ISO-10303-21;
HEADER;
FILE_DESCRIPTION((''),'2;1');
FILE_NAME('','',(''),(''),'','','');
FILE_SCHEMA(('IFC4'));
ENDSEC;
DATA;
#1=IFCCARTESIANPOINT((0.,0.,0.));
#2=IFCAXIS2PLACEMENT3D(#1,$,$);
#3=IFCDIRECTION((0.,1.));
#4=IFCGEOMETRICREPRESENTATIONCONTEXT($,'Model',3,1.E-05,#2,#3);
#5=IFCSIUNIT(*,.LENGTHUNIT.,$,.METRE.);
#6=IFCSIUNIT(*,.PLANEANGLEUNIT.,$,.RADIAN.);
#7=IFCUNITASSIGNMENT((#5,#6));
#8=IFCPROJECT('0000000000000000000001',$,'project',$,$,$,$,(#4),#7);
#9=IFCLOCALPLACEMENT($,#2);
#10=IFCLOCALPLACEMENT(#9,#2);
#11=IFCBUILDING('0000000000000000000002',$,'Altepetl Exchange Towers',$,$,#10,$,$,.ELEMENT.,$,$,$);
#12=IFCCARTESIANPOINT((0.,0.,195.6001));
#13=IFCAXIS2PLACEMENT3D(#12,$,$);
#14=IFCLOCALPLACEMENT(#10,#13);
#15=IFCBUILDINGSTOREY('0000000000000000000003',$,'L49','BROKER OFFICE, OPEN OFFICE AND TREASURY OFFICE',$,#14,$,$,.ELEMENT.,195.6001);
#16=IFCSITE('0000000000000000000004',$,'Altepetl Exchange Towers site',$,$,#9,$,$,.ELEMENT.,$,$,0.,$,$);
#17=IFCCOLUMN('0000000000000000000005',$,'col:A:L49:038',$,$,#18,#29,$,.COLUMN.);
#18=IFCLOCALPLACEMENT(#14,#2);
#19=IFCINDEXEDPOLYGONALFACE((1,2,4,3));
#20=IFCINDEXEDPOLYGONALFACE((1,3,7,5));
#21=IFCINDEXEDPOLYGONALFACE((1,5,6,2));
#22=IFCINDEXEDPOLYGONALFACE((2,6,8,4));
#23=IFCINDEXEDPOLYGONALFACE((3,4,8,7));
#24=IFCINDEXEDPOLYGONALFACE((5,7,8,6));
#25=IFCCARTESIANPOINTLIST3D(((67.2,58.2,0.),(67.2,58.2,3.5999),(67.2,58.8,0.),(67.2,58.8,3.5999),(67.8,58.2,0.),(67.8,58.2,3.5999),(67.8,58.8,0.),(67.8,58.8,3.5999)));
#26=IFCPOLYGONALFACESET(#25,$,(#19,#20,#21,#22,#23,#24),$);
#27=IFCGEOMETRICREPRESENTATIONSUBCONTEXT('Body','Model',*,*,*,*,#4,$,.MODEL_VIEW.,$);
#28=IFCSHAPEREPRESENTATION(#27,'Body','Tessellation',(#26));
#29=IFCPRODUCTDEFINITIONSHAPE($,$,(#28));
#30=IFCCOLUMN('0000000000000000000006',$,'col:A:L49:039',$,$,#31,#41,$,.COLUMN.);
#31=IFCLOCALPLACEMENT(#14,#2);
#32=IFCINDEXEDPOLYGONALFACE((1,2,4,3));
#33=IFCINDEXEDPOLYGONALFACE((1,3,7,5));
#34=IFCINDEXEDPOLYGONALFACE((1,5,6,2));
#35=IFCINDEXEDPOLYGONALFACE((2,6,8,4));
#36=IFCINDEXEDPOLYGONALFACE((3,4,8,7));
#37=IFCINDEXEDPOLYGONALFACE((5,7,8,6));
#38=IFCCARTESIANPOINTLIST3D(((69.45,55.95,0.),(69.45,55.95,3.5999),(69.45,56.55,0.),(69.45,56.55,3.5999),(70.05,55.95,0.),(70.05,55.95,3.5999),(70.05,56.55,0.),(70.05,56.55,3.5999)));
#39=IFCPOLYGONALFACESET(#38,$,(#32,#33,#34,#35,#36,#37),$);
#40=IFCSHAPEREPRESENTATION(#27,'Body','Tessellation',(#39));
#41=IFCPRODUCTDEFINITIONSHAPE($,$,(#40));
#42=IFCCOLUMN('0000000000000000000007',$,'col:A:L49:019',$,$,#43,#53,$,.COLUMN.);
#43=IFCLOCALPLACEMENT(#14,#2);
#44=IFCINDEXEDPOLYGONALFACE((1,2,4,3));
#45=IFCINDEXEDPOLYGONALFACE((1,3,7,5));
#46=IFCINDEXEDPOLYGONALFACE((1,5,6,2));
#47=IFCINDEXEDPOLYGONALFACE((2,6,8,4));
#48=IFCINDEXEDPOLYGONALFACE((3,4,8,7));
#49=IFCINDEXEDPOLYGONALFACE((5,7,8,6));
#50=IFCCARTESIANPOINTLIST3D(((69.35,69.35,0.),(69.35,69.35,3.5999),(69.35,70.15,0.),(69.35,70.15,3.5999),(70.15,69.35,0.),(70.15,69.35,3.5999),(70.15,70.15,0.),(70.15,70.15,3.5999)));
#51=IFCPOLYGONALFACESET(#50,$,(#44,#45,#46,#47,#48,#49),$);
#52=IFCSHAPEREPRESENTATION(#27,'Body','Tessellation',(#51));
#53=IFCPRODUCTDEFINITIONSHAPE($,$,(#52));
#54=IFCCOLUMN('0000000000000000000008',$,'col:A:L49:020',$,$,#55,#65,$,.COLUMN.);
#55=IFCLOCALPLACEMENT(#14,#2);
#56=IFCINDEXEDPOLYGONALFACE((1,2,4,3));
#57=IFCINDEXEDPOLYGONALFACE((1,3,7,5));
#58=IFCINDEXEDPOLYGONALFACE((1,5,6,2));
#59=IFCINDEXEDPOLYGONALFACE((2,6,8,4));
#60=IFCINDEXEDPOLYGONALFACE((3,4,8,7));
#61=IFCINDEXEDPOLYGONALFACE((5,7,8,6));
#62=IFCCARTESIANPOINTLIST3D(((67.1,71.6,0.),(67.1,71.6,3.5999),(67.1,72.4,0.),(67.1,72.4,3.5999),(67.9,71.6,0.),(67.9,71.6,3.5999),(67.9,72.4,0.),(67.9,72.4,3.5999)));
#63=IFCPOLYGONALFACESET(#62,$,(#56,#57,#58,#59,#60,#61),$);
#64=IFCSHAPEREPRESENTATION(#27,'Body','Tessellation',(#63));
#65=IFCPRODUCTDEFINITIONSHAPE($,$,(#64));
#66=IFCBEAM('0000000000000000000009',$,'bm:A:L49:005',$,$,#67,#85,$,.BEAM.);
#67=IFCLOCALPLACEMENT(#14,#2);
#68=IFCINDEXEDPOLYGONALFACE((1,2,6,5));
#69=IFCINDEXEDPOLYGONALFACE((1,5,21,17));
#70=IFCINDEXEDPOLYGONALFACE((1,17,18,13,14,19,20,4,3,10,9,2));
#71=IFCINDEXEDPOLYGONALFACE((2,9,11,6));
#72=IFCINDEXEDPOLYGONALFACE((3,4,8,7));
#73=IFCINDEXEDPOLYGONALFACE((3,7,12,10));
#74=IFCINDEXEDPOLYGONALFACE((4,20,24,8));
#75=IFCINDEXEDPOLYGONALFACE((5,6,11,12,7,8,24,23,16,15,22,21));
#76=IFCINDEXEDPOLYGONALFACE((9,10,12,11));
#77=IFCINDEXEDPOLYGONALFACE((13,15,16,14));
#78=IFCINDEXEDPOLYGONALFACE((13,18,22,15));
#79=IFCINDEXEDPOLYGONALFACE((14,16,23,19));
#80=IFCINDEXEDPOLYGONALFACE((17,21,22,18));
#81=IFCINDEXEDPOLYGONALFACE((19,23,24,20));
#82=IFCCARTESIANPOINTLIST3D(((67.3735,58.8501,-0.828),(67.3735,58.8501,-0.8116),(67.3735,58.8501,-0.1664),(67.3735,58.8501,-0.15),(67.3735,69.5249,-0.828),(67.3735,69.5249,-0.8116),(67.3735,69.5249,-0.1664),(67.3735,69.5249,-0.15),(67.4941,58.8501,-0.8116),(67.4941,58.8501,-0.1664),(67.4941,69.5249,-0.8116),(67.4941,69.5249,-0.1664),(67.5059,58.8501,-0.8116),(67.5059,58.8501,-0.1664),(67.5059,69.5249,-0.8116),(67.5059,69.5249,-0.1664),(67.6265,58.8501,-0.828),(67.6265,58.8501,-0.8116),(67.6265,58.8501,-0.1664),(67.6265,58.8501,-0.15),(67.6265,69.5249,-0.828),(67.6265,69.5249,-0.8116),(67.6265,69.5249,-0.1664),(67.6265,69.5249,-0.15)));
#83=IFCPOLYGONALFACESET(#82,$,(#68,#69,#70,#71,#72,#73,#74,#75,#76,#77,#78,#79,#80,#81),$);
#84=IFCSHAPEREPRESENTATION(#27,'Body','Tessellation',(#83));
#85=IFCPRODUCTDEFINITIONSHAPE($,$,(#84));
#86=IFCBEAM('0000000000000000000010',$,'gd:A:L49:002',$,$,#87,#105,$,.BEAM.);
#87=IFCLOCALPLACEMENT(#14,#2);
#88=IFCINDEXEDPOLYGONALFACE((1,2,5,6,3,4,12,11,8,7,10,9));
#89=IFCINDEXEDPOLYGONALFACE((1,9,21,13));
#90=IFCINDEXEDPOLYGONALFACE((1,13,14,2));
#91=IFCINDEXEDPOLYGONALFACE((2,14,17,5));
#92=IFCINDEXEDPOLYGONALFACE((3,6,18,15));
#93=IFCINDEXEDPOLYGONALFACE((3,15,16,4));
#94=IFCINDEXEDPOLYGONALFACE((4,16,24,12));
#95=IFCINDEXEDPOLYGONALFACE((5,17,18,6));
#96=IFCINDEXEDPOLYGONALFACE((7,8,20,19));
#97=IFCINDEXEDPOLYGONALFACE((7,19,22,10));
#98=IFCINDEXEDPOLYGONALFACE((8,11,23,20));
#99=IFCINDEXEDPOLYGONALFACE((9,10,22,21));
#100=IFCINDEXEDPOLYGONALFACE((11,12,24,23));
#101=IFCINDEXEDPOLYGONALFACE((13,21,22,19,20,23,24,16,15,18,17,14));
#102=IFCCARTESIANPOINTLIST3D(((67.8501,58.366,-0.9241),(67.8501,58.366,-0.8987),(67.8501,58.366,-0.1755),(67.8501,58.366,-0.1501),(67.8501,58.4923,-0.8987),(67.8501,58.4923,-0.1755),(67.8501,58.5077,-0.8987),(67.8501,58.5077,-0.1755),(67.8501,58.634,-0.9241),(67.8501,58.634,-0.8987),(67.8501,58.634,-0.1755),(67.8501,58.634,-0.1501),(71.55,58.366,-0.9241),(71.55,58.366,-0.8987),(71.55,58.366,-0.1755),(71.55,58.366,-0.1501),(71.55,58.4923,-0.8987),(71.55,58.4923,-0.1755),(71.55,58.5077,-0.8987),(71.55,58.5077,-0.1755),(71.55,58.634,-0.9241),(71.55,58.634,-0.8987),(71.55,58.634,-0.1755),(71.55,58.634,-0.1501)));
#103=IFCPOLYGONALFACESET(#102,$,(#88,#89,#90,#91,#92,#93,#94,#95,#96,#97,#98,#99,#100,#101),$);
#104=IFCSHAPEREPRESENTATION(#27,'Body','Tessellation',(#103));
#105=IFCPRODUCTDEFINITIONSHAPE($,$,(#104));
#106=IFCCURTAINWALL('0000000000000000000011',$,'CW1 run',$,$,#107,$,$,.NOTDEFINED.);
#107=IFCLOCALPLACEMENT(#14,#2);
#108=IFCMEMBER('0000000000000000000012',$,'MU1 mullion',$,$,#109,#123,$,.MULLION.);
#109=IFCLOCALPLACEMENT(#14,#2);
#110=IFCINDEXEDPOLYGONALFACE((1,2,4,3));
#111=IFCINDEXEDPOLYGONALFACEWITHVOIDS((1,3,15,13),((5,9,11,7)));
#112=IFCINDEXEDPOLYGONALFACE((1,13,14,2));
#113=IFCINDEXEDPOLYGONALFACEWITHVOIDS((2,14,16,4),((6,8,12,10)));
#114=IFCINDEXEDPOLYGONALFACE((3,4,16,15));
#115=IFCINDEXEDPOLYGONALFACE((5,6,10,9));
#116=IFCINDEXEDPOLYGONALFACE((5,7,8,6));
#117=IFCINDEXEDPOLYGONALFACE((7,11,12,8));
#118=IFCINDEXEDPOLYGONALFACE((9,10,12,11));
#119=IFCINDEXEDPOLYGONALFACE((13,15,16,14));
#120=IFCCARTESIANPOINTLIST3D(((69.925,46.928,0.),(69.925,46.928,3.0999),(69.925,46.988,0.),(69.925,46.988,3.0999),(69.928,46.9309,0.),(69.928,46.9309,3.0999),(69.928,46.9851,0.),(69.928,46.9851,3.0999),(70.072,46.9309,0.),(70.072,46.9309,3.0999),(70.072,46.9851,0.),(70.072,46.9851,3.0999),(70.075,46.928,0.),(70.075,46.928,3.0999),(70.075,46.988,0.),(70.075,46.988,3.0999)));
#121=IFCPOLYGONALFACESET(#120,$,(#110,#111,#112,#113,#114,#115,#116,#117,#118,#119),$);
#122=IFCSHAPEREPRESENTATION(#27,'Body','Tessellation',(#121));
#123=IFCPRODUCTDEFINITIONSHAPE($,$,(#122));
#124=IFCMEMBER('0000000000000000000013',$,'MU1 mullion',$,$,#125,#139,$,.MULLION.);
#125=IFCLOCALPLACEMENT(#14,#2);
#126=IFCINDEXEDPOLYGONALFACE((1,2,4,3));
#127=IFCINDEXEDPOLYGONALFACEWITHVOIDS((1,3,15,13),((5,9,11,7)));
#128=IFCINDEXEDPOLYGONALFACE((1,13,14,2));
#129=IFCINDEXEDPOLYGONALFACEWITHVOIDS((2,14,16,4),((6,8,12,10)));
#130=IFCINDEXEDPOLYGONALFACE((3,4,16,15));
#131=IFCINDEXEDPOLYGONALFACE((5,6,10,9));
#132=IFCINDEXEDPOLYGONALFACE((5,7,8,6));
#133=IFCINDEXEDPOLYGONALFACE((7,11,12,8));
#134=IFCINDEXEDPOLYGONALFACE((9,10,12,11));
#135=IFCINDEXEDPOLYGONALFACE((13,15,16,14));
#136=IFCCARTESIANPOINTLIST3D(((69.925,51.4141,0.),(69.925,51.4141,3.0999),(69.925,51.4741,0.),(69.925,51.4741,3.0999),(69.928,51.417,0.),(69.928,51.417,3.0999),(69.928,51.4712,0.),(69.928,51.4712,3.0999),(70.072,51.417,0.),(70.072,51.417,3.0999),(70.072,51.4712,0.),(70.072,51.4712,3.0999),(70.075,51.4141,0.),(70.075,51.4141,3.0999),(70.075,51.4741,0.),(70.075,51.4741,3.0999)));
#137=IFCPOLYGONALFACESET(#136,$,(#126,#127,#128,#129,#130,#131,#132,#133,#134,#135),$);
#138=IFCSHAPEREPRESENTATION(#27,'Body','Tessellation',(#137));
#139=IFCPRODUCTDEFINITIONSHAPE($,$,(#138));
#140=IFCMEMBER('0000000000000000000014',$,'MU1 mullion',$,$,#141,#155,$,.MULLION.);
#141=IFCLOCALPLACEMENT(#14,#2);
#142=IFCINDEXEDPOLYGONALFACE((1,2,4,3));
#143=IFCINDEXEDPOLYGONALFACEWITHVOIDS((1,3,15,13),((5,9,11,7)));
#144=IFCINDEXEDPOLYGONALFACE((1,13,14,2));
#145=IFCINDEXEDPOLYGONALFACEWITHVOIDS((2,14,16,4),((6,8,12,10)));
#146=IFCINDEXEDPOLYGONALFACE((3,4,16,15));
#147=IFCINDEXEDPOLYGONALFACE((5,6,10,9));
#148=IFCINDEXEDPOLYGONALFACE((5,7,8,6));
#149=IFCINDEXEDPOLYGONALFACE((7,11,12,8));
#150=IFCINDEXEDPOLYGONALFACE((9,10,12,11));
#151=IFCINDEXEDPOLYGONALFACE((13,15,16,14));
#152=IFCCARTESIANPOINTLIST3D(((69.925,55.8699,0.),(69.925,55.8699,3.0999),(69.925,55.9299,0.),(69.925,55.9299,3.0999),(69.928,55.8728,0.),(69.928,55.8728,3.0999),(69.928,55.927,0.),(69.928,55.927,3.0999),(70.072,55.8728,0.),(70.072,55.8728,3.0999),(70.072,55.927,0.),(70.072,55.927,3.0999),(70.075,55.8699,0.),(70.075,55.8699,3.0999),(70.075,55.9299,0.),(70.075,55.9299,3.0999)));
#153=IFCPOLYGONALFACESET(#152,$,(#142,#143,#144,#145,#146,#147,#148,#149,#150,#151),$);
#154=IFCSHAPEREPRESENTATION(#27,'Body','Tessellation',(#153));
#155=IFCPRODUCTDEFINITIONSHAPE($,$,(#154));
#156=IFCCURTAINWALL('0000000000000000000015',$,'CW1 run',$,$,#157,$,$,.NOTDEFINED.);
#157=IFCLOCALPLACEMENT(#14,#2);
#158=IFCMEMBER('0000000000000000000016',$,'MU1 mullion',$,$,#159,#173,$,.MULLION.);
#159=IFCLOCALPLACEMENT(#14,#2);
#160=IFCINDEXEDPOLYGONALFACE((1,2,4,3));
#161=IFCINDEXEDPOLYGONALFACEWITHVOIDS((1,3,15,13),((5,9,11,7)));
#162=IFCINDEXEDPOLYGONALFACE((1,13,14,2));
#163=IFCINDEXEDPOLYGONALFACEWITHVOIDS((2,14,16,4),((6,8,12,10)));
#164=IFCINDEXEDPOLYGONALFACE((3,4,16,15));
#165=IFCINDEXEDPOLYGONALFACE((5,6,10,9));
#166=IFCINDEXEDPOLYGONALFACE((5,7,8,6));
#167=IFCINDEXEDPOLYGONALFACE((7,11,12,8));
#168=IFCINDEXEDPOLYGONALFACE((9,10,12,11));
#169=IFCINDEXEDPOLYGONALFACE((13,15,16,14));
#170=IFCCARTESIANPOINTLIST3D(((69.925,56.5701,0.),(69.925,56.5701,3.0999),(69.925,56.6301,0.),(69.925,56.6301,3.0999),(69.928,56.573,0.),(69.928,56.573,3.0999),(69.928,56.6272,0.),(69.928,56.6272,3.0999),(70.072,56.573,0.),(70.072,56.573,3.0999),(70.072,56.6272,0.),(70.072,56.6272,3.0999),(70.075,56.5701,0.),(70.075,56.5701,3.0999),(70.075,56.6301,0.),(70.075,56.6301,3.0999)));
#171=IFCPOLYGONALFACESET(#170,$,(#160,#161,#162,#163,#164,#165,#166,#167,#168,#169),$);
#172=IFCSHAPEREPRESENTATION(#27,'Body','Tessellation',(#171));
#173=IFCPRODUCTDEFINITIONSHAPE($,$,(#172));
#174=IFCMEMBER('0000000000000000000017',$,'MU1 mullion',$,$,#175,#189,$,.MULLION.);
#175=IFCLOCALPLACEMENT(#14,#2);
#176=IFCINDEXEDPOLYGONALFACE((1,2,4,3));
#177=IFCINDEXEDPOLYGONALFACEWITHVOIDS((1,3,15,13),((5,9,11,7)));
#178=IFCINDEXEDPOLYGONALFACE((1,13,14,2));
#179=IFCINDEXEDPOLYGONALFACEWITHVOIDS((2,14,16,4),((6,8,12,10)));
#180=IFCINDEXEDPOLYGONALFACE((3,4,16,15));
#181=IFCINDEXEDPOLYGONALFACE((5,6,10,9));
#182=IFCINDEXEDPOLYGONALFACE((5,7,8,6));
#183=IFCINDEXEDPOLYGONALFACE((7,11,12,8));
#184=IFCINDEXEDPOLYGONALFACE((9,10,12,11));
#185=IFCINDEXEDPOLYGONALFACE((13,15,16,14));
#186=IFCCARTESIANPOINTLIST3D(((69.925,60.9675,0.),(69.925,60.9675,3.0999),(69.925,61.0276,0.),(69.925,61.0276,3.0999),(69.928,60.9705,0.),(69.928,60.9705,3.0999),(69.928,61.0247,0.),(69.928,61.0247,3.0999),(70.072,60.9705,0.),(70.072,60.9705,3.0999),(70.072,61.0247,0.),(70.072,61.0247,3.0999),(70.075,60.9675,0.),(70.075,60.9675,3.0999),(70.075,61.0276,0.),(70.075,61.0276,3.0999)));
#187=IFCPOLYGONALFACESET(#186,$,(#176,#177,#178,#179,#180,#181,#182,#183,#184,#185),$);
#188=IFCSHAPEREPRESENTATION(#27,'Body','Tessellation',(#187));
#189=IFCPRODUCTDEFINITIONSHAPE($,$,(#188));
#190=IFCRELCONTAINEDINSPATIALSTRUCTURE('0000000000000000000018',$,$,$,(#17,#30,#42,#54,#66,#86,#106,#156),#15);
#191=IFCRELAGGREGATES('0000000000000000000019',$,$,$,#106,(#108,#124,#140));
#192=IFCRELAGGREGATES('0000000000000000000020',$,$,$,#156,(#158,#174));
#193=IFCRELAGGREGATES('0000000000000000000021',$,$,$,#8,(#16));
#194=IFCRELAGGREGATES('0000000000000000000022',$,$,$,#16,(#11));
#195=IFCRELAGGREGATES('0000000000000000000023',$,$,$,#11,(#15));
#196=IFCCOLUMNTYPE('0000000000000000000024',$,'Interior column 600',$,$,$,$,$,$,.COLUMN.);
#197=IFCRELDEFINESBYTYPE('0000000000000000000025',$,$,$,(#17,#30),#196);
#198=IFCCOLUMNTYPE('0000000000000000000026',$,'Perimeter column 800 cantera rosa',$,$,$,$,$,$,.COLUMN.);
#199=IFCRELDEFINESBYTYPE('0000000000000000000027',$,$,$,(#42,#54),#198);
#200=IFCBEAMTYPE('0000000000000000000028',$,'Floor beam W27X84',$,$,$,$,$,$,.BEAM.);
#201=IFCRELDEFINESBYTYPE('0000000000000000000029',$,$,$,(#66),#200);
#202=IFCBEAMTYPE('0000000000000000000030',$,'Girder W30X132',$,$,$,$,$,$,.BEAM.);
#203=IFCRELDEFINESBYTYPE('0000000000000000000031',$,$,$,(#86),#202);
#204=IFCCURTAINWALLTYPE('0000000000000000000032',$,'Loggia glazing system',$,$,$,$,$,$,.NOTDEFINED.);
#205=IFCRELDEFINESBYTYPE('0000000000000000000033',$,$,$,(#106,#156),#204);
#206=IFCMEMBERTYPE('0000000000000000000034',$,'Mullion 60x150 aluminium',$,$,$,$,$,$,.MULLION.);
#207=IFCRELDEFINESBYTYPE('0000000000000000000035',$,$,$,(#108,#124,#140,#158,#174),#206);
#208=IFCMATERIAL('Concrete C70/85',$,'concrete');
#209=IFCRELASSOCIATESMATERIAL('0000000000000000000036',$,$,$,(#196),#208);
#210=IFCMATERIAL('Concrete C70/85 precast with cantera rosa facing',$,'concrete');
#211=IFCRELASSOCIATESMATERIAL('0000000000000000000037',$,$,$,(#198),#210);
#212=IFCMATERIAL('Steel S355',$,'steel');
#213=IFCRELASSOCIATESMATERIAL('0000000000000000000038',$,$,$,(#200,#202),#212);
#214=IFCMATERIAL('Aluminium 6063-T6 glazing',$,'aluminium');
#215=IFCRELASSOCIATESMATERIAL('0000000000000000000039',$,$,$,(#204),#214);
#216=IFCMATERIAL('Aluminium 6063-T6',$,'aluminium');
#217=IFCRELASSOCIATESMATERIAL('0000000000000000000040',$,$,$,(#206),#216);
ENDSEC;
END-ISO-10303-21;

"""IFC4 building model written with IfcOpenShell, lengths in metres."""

from ifc_helpers import new_model, si_unit, direction, frame, origin, origin_2d, place, context, subcontext, project, spatial, rectangle, hollow_rectangle, i_section, extrude, material, material_profile, profile_set, type_object, element, aggregate, save


model = new_model("IFC4")

# Units and contexts
model_context = context("Model", 3, precision=1e-05, world=origin(), true_north=direction((0.0, 1.0)))
body_context = subcontext(model_context, "Body", "Model", "MODEL_VIEW")
ifc_project = project(units=[si_unit("LENGTHUNIT", "METRE"), si_unit("PLANEANGLEUNIT", "RADIAN")], contexts=[model_context])

# Site, building, storey
site_placement = place(None, origin())
site = spatial("IfcSite", under=ifc_project, at=site_placement, Name="Altepetl Exchange Towers site", CompositionType="ELEMENT", RefElevation=0.0)
building_placement = place(site_placement, origin())
building = spatial("IfcBuilding", under=site, at=building_placement, Name="Altepetl Exchange Towers", CompositionType="ELEMENT")
storey_placement = place(building_placement, frame((0.0, 0.0, 195.6001)))
storey = spatial("IfcBuildingStorey", under=building, at=storey_placement, Name="L49", Description="BROKER OFFICE, OPEN OFFICE AND TREASURY OFFICE", CompositionType="ELEMENT", Elevation=195.6001)

# Columns
ifc_material_1 = material(Name="Concrete C70/85", Category="concrete")
ifc_material_profile_1 = material_profile(ifc_material_1, rectangle(XDim=0.6001, YDim=0.6001, at=origin_2d()), Name="600 x 600")
ifc_profile_set_1 = profile_set([ifc_material_profile_1], Name="Concrete C70/85")
column_type_1 = type_object("IfcColumnType", Name="Interior column 600", PredefinedType="COLUMN", material=ifc_profile_set_1)
for number, where, name in (
    (1, (67.5, 58.5, 0.0), "col:A:L49:038"),
    (2, (69.75, 56.25, 0.0), "col:A:L49:039"),
):
    element("IfcColumn", number, at=place(storey_placement, frame(where)), inside=storey, type_object=column_type_1, Name=name, PredefinedType="COLUMN", context=body_context, shape_type="SweptSolid", body=[
        extrude(rectangle(XDim=0.6001, YDim=0.6001, at=origin_2d()), origin(), (0.0, 0.0, 1.0), 3.5999),
    ])
ifc_material_2 = material(Name="Concrete C70/85 precast with cantera rosa facing", Category="concrete")
ifc_material_profile_2 = material_profile(ifc_material_2, rectangle(XDim=0.8, YDim=0.8, at=origin_2d()), Name="800 x 800")
ifc_profile_set_2 = profile_set([ifc_material_profile_2], Name="Concrete C70/85 precast with cantera rosa facing")
column_type_2 = type_object("IfcColumnType", Name="Perimeter column 800 cantera rosa", PredefinedType="COLUMN", material=ifc_profile_set_2)
for number, where, name in (
    (3, (69.75, 69.75, 0.0), "col:A:L49:019"),
    (4, (67.5, 72.0, 0.0), "col:A:L49:020"),
):
    element("IfcColumn", number, at=place(storey_placement, frame(where)), inside=storey, type_object=column_type_2, Name=name, PredefinedType="COLUMN", context=body_context, shape_type="SweptSolid", body=[
        extrude(rectangle(XDim=0.8, YDim=0.8, at=origin_2d()), origin(), (0.0, 0.0, 1.0), 3.5999),
    ])

# Beams
ifc_material_3 = material(Name="Steel S355", Category="steel")
ifc_material_profile_3 = material_profile(ifc_material_3, i_section(OverallWidth=0.2529, OverallDepth=0.678, WebThickness=0.0117, FlangeThickness=0.0164, at=origin_2d()), Name="W27X84")
ifc_profile_set_3 = profile_set([ifc_material_profile_3], Name="Steel S355")
beam_type_1 = type_object("IfcBeamType", Name="Floor beam W27X84", PredefinedType="BEAM", material=ifc_profile_set_3)
beam_1_placement = place(storey_placement, frame((67.5, 58.8501, -0.489), z_axis=(0.0, 1.0, 0.0), x_axis=(-1.0, 0.0, 0.0)))
element("IfcBeam", 5, at=beam_1_placement, inside=storey, type_object=beam_type_1, Name="bm:A:L49:005", PredefinedType="BEAM", context=body_context, shape_type="SweptSolid", body=[
    extrude(i_section(OverallWidth=0.2529, OverallDepth=0.678, WebThickness=0.0117, FlangeThickness=0.0164, at=origin_2d()), origin(), (0.0, 0.0, 1.0), 10.6748),
])
ifc_material_profile_4 = material_profile(ifc_material_3, i_section(OverallWidth=0.2681, OverallDepth=0.7739, WebThickness=0.0154, FlangeThickness=0.0254, at=origin_2d()), Name="W30X132")
ifc_profile_set_4 = profile_set([ifc_material_profile_4], Name="Steel S355")
beam_type_2 = type_object("IfcBeamType", Name="Girder W30X132", PredefinedType="BEAM", material=ifc_profile_set_4)
beam_2_placement = place(storey_placement, frame((67.8501, 58.5, -0.5371), z_axis=(1.0, 0.0, 0.0), x_axis=(0.0, 1.0, 0.0)))
element("IfcBeam", 6, at=beam_2_placement, inside=storey, type_object=beam_type_2, Name="gd:A:L49:002", PredefinedType="BEAM", context=body_context, shape_type="SweptSolid", body=[
    extrude(i_section(OverallWidth=0.2681, OverallDepth=0.7739, WebThickness=0.0154, FlangeThickness=0.0254, at=origin_2d()), origin(), (0.0, 0.0, 1.0), 3.7),
])

# Curtain walls, members
ifc_material_4 = material(Name="Aluminium 6063-T6 glazing", Category="aluminium")
curtain_wall_type = type_object("IfcCurtainWallType", Name="Loggia glazing system", PredefinedType="NOTDEFINED", material=ifc_material_4)
curtain_wall_1_placement = place(storey_placement, origin())
curtain_wall_1 = element("IfcCurtainWall", 7, at=curtain_wall_1_placement, inside=storey, type_object=curtain_wall_type, Name="CW1 run", PredefinedType="NOTDEFINED")
ifc_material_5 = material(Name="Aluminium 6063-T6", Category="aluminium")
ifc_material_profile_5 = material_profile(ifc_material_5, hollow_rectangle(XDim=0.0601, YDim=0.1499, WallThickness=0.0029, at=origin_2d()), Name="Mullion 60x150 aluminium")
ifc_profile_set_5 = profile_set([ifc_material_profile_5], Name="Aluminium 6063-T6")
member_type = type_object("IfcMemberType", Name="Mullion 60x150 aluminium", PredefinedType="MULLION", material=ifc_profile_set_5)
member_1_placement = place(storey_placement, frame((70.0, 46.958, 0.0), z_axis=(0.0, 0.0, 1.0), x_axis=(0.0, 1.0, 0.0)))
member_1 = element("IfcMember", 8, at=member_1_placement, type_object=member_type, Name="MU1 mullion", PredefinedType="MULLION", context=body_context, shape_type="SweptSolid", body=[
    extrude(hollow_rectangle(XDim=0.0601, YDim=0.1499, WallThickness=0.0029, at=origin_2d()), origin(), (0.0, 0.0, 1.0), 3.0999),
])
member_2_placement = place(storey_placement, frame((70.0, 51.4441, 0.0), z_axis=(0.0, 0.0, 1.0), x_axis=(0.0, 1.0, 0.0)))
member_2 = element("IfcMember", 9, at=member_2_placement, type_object=member_type, Name="MU1 mullion", PredefinedType="MULLION", context=body_context, shape_type="SweptSolid", body=[
    extrude(hollow_rectangle(XDim=0.0601, YDim=0.1499, WallThickness=0.0029, at=origin_2d()), origin(), (0.0, 0.0, 1.0), 3.0999),
])
member_3_placement = place(storey_placement, frame((70.0, 55.8999, 0.0), z_axis=(0.0, 0.0, 1.0), x_axis=(0.0, 1.0, 0.0)))
member_3 = element("IfcMember", 10, at=member_3_placement, type_object=member_type, Name="MU1 mullion", PredefinedType="MULLION", context=body_context, shape_type="SweptSolid", body=[
    extrude(hollow_rectangle(XDim=0.0601, YDim=0.1499, WallThickness=0.0029, at=origin_2d()), origin(), (0.0, 0.0, 1.0), 3.0999),
])
curtain_wall_2_placement = place(storey_placement, origin())
curtain_wall_2 = element("IfcCurtainWall", 11, at=curtain_wall_2_placement, inside=storey, type_object=curtain_wall_type, Name="CW1 run", PredefinedType="NOTDEFINED")
member_4_placement = place(storey_placement, frame((70.0, 56.6001, 0.0), z_axis=(0.0, 0.0, 1.0), x_axis=(0.0, 1.0, 0.0)))
member_4 = element("IfcMember", 12, at=member_4_placement, type_object=member_type, Name="MU1 mullion", PredefinedType="MULLION", context=body_context, shape_type="SweptSolid", body=[
    extrude(hollow_rectangle(XDim=0.0601, YDim=0.1499, WallThickness=0.0029, at=origin_2d()), origin(), (0.0, 0.0, 1.0), 3.0999),
])
member_5_placement = place(storey_placement, frame((70.0, 60.9976, 0.0), z_axis=(0.0, 0.0, 1.0), x_axis=(0.0, 1.0, 0.0)))
member_5 = element("IfcMember", 13, at=member_5_placement, type_object=member_type, Name="MU1 mullion", PredefinedType="MULLION", context=body_context, shape_type="SweptSolid", body=[
    extrude(hollow_rectangle(XDim=0.0601, YDim=0.1499, WallThickness=0.0029, at=origin_2d()), origin(), (0.0, 0.0, 1.0), 3.0999),
])

aggregate(curtain_wall_1, [member_1, member_2, member_3])
aggregate(curtain_wall_2, [member_4, member_5])

save(model, "model.ifc")
